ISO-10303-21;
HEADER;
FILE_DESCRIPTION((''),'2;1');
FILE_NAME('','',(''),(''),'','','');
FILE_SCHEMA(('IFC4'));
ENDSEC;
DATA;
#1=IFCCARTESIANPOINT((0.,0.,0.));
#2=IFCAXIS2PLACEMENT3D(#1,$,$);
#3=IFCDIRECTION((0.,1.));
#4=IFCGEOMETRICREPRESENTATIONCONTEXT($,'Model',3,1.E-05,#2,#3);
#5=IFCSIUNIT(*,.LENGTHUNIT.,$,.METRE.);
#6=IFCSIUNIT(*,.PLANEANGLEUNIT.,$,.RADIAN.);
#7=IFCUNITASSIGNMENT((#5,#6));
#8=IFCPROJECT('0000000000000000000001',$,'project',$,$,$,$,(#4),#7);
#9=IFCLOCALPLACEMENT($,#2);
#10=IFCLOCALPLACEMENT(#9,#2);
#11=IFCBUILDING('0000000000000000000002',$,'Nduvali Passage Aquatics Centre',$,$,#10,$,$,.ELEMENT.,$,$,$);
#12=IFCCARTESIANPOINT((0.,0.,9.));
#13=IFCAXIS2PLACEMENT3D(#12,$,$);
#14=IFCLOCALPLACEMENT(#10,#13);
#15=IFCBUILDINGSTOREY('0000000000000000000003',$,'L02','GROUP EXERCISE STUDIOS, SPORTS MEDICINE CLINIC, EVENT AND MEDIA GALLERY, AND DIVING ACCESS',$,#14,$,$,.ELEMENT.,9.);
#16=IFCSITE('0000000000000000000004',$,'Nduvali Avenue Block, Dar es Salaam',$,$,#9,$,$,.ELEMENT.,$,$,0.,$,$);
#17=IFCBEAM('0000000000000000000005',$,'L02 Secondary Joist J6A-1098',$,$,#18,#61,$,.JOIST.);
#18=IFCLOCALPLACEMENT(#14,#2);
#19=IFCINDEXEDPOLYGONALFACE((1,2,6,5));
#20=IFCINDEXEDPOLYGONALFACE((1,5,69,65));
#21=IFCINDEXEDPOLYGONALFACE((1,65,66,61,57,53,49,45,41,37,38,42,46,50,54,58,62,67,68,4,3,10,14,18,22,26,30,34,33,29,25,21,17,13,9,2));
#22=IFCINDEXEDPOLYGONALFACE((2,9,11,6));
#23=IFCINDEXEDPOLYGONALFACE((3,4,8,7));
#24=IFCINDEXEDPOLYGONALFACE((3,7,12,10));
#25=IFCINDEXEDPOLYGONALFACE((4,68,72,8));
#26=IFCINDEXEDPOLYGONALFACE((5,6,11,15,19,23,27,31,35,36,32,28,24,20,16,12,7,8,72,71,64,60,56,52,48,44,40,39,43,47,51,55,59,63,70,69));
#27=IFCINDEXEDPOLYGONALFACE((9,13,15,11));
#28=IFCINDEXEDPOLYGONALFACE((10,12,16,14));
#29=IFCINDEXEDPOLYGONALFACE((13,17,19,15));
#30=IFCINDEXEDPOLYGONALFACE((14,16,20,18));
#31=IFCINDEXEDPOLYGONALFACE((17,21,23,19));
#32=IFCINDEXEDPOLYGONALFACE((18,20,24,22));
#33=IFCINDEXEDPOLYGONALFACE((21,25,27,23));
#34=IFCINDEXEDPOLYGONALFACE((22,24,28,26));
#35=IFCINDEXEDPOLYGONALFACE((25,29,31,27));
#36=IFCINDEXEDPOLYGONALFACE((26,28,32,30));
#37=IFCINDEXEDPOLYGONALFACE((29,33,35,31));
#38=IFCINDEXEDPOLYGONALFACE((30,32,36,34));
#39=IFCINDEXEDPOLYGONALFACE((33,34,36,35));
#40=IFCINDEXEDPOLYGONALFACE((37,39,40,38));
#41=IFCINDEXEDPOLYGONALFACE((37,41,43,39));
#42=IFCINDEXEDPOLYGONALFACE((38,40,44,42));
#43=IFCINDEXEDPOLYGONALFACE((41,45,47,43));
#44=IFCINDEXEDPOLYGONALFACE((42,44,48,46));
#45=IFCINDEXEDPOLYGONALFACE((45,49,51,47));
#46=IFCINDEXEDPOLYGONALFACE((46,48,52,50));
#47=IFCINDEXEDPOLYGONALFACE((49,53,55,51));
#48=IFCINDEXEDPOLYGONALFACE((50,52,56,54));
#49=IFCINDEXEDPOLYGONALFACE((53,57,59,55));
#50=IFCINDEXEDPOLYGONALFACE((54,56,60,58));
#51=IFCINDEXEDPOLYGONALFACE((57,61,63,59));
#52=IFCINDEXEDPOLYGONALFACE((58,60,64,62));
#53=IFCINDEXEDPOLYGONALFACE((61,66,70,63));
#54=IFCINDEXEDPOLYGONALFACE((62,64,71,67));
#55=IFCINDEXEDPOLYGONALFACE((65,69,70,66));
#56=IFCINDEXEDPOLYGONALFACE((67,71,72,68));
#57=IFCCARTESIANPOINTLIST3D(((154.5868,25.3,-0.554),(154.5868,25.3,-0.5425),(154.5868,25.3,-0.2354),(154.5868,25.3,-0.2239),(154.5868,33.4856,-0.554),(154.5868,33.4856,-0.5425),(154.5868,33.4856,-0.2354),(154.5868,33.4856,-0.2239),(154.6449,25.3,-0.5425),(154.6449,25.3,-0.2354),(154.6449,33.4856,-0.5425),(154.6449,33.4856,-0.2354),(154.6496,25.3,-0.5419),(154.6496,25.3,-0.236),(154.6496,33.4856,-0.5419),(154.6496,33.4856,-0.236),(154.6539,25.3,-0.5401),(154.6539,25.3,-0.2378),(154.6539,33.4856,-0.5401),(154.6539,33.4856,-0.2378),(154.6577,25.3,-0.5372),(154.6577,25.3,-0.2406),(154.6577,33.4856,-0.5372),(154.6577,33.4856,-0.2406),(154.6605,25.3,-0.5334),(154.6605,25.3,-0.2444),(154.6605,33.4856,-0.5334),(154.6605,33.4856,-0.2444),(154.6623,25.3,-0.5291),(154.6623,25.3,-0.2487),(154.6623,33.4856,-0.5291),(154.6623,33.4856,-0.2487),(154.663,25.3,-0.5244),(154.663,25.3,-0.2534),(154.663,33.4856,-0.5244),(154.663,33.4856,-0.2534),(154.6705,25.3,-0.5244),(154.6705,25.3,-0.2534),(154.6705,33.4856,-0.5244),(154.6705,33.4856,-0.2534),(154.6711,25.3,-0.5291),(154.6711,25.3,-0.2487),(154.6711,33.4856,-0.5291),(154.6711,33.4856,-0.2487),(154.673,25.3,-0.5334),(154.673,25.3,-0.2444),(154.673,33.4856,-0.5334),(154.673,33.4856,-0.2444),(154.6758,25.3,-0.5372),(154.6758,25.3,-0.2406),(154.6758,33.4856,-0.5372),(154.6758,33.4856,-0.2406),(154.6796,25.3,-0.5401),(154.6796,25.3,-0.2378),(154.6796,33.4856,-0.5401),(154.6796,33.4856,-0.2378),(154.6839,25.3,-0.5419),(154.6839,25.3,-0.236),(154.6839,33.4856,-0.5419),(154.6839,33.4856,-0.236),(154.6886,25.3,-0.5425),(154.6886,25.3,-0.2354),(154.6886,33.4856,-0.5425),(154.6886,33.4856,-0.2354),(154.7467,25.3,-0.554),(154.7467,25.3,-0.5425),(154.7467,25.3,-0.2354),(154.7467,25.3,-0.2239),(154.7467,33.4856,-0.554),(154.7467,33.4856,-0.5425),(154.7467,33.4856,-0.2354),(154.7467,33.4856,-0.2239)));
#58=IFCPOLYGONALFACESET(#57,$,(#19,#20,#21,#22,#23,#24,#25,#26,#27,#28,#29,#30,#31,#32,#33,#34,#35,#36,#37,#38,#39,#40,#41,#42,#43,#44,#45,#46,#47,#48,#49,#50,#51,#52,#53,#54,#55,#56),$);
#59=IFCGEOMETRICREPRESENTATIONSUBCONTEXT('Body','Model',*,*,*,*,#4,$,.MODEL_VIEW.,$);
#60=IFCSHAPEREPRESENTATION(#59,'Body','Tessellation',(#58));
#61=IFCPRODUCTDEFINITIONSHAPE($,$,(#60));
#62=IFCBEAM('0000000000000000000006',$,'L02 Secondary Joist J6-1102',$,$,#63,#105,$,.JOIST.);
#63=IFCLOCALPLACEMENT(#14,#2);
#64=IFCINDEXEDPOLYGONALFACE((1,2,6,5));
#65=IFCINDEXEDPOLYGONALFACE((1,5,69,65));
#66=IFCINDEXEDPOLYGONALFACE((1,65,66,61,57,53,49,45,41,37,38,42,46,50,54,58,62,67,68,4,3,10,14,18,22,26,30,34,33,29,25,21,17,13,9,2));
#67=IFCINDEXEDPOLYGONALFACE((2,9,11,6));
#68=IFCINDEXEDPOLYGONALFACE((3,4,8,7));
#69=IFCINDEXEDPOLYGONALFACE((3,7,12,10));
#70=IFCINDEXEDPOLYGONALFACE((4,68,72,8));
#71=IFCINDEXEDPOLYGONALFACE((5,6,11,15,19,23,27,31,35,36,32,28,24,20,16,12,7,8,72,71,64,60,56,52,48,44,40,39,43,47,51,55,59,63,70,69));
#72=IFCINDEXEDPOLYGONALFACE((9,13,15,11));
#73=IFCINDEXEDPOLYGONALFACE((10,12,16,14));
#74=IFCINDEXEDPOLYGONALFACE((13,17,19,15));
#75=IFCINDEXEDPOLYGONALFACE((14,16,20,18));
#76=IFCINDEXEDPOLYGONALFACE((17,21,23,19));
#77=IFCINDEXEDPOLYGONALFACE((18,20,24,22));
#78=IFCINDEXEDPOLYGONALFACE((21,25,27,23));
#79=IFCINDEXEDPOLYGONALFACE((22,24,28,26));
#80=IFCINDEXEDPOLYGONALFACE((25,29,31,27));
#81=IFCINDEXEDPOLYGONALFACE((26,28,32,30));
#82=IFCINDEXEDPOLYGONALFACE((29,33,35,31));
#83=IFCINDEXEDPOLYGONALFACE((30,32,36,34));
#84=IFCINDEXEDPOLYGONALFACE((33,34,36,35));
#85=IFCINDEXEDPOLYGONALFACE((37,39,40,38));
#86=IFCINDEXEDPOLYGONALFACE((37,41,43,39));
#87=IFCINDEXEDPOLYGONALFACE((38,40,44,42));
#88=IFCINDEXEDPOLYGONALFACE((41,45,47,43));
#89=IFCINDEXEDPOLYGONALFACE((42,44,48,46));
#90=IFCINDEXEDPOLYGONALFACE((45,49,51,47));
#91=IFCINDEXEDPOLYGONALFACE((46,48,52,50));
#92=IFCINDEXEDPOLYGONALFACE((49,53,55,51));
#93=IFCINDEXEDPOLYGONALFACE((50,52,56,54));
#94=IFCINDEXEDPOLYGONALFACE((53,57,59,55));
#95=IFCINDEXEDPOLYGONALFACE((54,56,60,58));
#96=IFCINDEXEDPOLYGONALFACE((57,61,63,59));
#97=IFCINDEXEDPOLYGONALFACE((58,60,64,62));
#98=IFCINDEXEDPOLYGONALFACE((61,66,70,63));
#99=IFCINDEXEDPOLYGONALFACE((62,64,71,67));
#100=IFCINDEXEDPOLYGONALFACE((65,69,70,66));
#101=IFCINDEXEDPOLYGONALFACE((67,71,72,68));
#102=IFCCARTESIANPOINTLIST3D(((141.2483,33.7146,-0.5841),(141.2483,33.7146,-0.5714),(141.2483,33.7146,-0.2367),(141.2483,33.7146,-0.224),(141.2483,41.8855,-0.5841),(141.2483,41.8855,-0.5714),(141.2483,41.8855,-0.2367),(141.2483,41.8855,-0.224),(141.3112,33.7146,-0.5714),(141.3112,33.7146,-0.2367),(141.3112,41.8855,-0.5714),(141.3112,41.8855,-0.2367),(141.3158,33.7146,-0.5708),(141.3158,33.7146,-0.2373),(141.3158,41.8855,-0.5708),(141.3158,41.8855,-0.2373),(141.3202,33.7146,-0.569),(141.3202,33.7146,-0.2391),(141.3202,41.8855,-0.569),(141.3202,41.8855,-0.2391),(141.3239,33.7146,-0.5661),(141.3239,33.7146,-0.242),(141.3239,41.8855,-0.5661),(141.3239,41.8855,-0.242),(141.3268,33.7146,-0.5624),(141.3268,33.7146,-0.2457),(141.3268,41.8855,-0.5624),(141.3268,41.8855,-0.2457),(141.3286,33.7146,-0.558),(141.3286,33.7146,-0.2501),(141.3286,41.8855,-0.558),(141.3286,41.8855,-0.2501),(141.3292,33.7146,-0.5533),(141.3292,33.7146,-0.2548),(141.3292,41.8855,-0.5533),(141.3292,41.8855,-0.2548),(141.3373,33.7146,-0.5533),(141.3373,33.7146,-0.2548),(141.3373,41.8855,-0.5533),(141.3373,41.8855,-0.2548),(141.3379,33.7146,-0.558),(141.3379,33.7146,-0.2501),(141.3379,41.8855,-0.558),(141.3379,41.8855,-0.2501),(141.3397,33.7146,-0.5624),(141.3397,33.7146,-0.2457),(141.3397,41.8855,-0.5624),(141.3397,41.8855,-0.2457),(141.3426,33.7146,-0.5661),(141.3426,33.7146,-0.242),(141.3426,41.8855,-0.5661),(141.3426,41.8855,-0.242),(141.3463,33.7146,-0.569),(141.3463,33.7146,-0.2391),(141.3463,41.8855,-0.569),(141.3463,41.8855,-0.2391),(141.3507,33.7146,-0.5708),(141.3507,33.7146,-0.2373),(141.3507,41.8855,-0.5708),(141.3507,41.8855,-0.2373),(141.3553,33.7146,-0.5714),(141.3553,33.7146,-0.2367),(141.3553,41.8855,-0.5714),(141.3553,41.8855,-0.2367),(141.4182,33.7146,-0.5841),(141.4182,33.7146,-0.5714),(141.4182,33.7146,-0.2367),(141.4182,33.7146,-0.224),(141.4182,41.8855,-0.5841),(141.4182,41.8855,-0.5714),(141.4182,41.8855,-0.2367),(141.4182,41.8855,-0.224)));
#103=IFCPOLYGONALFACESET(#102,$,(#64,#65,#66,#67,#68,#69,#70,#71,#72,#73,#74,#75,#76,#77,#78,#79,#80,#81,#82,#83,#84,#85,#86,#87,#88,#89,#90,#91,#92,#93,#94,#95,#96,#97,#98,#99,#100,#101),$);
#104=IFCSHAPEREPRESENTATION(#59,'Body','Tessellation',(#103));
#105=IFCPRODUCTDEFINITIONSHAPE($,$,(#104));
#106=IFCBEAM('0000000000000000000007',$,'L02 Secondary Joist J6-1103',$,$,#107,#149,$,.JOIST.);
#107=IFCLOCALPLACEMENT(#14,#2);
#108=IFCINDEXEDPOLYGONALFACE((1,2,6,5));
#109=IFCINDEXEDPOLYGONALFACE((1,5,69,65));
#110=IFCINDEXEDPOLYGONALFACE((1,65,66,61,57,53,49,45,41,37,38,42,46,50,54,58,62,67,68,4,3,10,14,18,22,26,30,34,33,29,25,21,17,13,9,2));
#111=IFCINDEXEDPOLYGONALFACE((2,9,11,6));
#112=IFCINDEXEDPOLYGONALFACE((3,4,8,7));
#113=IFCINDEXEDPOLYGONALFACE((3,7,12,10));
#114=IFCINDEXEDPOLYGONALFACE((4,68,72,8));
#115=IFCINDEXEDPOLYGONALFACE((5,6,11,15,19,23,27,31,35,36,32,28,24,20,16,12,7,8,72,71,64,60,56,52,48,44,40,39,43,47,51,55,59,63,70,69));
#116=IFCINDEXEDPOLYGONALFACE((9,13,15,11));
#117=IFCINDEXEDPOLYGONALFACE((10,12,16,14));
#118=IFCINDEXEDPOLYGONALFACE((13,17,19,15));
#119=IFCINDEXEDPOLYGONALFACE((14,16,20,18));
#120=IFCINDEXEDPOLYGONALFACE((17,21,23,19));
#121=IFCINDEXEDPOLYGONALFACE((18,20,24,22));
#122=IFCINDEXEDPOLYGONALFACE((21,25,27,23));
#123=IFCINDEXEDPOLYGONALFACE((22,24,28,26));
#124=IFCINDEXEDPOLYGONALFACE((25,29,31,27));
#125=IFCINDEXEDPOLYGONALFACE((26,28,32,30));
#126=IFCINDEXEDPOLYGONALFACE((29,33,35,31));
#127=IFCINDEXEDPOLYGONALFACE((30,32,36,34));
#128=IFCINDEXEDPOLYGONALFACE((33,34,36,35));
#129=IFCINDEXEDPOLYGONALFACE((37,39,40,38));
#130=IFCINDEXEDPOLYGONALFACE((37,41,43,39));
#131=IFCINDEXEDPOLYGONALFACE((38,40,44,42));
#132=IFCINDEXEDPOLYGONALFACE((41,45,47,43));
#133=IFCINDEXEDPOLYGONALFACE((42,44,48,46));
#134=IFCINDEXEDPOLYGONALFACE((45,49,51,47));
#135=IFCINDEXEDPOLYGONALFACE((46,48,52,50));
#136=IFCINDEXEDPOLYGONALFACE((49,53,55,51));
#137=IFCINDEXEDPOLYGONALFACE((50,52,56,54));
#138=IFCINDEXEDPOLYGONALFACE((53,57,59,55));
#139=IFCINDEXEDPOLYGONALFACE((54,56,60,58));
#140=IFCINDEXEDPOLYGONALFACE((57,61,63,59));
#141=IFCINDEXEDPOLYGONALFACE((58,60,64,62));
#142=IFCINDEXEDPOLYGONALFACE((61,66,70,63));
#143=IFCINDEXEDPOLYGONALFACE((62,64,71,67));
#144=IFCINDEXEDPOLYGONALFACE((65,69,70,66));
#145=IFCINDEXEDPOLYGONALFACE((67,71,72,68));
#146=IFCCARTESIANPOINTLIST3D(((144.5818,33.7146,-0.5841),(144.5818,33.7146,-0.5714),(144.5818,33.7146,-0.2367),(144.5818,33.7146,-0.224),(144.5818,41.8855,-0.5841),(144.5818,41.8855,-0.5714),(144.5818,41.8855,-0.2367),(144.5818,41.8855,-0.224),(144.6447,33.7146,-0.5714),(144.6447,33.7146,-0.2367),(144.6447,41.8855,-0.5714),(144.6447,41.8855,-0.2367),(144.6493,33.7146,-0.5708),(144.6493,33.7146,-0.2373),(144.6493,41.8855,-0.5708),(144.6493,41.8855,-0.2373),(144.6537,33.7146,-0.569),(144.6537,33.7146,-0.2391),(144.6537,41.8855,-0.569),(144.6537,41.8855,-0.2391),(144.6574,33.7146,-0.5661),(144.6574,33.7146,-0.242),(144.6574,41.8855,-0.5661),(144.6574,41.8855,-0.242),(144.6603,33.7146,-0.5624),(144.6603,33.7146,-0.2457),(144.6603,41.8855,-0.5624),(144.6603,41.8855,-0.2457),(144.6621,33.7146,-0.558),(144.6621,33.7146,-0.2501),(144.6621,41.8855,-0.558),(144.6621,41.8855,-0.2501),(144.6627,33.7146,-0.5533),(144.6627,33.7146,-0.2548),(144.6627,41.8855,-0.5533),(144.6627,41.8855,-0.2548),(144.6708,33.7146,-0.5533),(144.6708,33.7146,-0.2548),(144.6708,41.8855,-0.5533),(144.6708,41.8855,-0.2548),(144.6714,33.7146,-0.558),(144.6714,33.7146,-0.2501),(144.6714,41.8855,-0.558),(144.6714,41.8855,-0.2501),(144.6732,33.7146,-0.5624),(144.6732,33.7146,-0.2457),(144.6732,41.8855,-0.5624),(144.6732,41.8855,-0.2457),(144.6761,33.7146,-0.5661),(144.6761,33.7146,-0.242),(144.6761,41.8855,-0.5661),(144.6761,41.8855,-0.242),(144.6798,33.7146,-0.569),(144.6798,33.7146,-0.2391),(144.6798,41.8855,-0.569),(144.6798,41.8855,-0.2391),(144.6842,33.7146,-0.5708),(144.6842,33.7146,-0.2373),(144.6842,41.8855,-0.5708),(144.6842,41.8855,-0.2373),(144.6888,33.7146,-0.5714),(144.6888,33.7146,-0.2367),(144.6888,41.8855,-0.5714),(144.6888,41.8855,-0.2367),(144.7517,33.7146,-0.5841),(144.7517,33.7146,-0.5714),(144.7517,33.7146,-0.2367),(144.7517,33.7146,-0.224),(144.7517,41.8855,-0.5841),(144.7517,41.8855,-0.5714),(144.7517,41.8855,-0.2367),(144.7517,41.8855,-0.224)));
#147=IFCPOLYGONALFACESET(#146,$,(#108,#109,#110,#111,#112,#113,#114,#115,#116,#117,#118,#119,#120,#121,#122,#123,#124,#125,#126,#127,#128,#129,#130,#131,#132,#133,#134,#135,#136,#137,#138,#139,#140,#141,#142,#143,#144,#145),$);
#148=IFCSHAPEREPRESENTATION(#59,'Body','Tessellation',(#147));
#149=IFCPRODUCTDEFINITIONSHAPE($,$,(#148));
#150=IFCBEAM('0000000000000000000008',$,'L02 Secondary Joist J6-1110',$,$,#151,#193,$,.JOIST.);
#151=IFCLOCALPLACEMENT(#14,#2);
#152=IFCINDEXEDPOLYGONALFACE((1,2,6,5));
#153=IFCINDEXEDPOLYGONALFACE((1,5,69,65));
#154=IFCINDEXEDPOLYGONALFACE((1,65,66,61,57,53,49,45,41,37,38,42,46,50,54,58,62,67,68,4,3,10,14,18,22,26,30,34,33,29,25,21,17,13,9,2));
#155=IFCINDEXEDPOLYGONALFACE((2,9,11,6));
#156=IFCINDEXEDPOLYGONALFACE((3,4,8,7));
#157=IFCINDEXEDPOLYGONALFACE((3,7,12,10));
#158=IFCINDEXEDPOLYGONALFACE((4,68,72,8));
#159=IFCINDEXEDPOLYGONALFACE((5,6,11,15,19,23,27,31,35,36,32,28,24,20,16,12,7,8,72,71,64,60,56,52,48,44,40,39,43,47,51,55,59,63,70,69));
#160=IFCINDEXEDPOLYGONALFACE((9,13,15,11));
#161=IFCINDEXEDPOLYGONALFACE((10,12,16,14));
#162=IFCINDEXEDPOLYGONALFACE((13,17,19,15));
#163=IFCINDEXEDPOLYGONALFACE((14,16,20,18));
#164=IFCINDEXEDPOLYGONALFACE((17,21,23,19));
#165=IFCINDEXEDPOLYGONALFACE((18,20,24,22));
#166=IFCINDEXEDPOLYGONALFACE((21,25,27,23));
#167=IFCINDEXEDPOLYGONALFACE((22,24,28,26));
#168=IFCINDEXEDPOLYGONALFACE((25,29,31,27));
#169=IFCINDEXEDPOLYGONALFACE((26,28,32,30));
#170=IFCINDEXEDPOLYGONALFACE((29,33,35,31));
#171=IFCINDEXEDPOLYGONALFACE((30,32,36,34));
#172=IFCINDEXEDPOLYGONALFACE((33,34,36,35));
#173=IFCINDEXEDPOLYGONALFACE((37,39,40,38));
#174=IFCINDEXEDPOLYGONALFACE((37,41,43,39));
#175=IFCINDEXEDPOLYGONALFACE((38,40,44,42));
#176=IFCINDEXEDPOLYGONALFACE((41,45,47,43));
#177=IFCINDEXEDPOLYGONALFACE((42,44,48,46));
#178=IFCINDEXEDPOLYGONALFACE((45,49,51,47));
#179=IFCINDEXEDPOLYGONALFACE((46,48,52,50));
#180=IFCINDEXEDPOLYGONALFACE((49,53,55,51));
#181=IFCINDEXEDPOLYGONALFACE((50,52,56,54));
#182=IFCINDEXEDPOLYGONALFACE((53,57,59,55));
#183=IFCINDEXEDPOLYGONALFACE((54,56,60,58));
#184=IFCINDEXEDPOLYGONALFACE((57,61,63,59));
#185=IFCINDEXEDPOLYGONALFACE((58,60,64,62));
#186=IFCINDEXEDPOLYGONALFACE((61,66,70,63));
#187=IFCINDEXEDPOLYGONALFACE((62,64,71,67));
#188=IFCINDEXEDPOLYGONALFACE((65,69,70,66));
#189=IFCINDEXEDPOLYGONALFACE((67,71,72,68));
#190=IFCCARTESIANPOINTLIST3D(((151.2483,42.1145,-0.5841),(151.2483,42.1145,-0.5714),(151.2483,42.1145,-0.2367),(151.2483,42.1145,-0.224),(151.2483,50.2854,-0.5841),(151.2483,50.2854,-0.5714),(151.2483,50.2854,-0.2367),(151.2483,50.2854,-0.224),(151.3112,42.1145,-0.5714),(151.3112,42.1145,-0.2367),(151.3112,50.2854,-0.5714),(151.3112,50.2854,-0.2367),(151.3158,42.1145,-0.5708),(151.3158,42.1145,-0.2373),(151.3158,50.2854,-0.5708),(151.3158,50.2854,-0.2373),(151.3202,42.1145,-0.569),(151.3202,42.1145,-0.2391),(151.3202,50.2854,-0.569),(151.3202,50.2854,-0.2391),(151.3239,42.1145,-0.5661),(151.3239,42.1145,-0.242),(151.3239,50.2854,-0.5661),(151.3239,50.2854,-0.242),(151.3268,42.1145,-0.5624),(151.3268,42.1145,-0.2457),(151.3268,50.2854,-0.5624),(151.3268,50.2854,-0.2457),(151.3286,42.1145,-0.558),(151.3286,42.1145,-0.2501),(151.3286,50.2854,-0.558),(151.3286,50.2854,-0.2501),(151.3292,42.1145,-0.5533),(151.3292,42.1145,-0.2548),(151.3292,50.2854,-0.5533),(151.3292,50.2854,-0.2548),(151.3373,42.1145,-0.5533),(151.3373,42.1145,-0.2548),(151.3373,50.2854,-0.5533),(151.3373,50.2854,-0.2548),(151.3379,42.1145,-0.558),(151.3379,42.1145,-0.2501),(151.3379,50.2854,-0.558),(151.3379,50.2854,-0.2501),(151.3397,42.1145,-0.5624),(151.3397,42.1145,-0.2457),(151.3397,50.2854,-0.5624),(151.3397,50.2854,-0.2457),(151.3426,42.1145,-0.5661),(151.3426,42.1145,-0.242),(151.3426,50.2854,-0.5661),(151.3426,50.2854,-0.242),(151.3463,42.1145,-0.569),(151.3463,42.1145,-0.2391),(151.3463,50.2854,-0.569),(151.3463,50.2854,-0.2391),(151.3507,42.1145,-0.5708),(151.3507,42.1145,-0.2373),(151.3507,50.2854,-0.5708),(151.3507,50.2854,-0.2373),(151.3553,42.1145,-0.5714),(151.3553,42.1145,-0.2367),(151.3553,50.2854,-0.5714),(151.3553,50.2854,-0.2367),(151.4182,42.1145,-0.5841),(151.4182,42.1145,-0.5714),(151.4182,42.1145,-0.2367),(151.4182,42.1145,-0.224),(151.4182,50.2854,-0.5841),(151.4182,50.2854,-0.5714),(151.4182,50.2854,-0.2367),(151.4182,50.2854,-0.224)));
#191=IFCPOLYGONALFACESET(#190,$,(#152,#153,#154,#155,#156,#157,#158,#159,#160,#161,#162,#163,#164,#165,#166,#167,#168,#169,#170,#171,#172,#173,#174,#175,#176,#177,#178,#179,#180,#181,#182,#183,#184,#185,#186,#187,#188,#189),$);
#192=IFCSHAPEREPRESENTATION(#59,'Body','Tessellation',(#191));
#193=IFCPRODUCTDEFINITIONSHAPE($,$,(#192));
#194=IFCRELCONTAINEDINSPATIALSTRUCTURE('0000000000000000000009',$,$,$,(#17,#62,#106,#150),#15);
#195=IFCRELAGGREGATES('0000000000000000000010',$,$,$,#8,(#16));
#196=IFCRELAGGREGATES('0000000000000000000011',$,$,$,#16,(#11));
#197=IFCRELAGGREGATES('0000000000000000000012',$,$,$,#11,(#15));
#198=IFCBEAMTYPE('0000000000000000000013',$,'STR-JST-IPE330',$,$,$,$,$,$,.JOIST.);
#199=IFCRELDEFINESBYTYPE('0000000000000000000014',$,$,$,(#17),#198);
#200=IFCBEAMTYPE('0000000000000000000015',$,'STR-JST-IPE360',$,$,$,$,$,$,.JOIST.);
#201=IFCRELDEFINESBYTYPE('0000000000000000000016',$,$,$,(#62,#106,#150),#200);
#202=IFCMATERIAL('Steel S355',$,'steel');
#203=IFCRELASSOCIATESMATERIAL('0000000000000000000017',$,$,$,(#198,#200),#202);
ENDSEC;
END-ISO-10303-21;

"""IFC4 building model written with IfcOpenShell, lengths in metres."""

from ifc_helpers import new_model, si_unit, direction, frame, origin, origin_2d, place, context, subcontext, project, spatial, i_section, extrude, material, material_profile, profile_set, type_object, element, save


model = new_model("IFC4")

# Units and contexts
model_context = context("Model", 3, precision=1e-05, world=origin(), true_north=direction((0.0, 1.0)))
body_context = subcontext(model_context, "Body", "Model", "MODEL_VIEW")
ifc_project = project(units=[si_unit("LENGTHUNIT", "METRE"), si_unit("PLANEANGLEUNIT", "RADIAN")], contexts=[model_context])

# Site, building, storey
site_placement = place(None, origin())
site = spatial("IfcSite", under=ifc_project, at=site_placement, Name="Nduvali Avenue Block, Dar es Salaam", CompositionType="ELEMENT", RefElevation=0.0)
building_placement = place(site_placement, origin())
building = spatial("IfcBuilding", under=site, at=building_placement, Name="Nduvali Passage Aquatics Centre", CompositionType="ELEMENT")
storey_placement = place(building_placement, frame((0.0, 0.0, 9.0)))
storey = spatial("IfcBuildingStorey", under=building, at=storey_placement, Name="L02", Description="GROUP EXERCISE STUDIOS, SPORTS MEDICINE CLINIC, EVENT AND MEDIA GALLERY, AND DIVING ACCESS", CompositionType="ELEMENT", Elevation=9.0)

# Beams
ifc_material = material(Name="Steel S355", Category="steel")
ifc_material_profile_1 = material_profile(ifc_material, i_section(OverallWidth=0.1599, OverallDepth=0.3301, WebThickness=0.0076, FlangeThickness=0.0115, FilletRadius=0.0181, at=origin_2d()), Name="IPE 330")
ifc_profile_set_1 = profile_set([ifc_material_profile_1], Name="Steel S355")
beam_type_1 = type_object("IfcBeamType", Name="STR-JST-IPE330", PredefinedType="JOIST", material=ifc_profile_set_1)
for number, where, z_axis, x_axis, name in (
    (1, (154.6667, 25.3, -0.3889), (0.0, 1.0, 0.0), (-1.0, 0.0, 0.0), "L02 Secondary Joist J6A-1098"),
):
    element("IfcBeam", number, at=place(storey_placement, frame(where, z_axis=z_axis, x_axis=x_axis)), inside=storey, type_object=beam_type_1, Name=name, PredefinedType="JOIST", context=body_context, shape_type="SweptSolid", body=[
        extrude(i_section(OverallWidth=0.1599, OverallDepth=0.3301, WebThickness=0.0076, FlangeThickness=0.0115, FilletRadius=0.0181, at=origin_2d()), origin(), (0.0, 0.0, 1.0), 8.1855),
    ])
ifc_material_profile_2 = material_profile(ifc_material, i_section(OverallWidth=0.1699, OverallDepth=0.3601, WebThickness=0.0081, FlangeThickness=0.0127, FilletRadius=0.0181, at=origin_2d()), Name="IPE 360")
ifc_profile_set_2 = profile_set([ifc_material_profile_2], Name="Steel S355")
beam_type_2 = type_object("IfcBeamType", Name="STR-JST-IPE360", PredefinedType="JOIST", material=ifc_profile_set_2)
for number, where, z_axis, x_axis, name in (
    (2, (141.3333, 33.7146, -0.4041), (0.0, 1.0, 0.0), (-1.0, 0.0, 0.0), "L02 Secondary Joist J6-1102"),
    (3, (144.6667, 33.7146, -0.4041), (0.0, 1.0, 0.0), (-1.0, 0.0, 0.0), "L02 Secondary Joist J6-1103"),
    (4, (151.3333, 42.1145, -0.4041), (0.0, 1.0, 0.0), (-1.0, 0.0, 0.0), "L02 Secondary Joist J6-1110"),
):
    element("IfcBeam", number, at=place(storey_placement, frame(where, z_axis=z_axis, x_axis=x_axis)), inside=storey, type_object=beam_type_2, Name=name, PredefinedType="JOIST", context=body_context, shape_type="SweptSolid", body=[
        extrude(i_section(OverallWidth=0.1699, OverallDepth=0.3601, WebThickness=0.0081, FlangeThickness=0.0127, FilletRadius=0.0181, at=origin_2d()), origin(), (0.0, 0.0, 1.0), 8.1709),
    ])

save(model, "model.ifc")
